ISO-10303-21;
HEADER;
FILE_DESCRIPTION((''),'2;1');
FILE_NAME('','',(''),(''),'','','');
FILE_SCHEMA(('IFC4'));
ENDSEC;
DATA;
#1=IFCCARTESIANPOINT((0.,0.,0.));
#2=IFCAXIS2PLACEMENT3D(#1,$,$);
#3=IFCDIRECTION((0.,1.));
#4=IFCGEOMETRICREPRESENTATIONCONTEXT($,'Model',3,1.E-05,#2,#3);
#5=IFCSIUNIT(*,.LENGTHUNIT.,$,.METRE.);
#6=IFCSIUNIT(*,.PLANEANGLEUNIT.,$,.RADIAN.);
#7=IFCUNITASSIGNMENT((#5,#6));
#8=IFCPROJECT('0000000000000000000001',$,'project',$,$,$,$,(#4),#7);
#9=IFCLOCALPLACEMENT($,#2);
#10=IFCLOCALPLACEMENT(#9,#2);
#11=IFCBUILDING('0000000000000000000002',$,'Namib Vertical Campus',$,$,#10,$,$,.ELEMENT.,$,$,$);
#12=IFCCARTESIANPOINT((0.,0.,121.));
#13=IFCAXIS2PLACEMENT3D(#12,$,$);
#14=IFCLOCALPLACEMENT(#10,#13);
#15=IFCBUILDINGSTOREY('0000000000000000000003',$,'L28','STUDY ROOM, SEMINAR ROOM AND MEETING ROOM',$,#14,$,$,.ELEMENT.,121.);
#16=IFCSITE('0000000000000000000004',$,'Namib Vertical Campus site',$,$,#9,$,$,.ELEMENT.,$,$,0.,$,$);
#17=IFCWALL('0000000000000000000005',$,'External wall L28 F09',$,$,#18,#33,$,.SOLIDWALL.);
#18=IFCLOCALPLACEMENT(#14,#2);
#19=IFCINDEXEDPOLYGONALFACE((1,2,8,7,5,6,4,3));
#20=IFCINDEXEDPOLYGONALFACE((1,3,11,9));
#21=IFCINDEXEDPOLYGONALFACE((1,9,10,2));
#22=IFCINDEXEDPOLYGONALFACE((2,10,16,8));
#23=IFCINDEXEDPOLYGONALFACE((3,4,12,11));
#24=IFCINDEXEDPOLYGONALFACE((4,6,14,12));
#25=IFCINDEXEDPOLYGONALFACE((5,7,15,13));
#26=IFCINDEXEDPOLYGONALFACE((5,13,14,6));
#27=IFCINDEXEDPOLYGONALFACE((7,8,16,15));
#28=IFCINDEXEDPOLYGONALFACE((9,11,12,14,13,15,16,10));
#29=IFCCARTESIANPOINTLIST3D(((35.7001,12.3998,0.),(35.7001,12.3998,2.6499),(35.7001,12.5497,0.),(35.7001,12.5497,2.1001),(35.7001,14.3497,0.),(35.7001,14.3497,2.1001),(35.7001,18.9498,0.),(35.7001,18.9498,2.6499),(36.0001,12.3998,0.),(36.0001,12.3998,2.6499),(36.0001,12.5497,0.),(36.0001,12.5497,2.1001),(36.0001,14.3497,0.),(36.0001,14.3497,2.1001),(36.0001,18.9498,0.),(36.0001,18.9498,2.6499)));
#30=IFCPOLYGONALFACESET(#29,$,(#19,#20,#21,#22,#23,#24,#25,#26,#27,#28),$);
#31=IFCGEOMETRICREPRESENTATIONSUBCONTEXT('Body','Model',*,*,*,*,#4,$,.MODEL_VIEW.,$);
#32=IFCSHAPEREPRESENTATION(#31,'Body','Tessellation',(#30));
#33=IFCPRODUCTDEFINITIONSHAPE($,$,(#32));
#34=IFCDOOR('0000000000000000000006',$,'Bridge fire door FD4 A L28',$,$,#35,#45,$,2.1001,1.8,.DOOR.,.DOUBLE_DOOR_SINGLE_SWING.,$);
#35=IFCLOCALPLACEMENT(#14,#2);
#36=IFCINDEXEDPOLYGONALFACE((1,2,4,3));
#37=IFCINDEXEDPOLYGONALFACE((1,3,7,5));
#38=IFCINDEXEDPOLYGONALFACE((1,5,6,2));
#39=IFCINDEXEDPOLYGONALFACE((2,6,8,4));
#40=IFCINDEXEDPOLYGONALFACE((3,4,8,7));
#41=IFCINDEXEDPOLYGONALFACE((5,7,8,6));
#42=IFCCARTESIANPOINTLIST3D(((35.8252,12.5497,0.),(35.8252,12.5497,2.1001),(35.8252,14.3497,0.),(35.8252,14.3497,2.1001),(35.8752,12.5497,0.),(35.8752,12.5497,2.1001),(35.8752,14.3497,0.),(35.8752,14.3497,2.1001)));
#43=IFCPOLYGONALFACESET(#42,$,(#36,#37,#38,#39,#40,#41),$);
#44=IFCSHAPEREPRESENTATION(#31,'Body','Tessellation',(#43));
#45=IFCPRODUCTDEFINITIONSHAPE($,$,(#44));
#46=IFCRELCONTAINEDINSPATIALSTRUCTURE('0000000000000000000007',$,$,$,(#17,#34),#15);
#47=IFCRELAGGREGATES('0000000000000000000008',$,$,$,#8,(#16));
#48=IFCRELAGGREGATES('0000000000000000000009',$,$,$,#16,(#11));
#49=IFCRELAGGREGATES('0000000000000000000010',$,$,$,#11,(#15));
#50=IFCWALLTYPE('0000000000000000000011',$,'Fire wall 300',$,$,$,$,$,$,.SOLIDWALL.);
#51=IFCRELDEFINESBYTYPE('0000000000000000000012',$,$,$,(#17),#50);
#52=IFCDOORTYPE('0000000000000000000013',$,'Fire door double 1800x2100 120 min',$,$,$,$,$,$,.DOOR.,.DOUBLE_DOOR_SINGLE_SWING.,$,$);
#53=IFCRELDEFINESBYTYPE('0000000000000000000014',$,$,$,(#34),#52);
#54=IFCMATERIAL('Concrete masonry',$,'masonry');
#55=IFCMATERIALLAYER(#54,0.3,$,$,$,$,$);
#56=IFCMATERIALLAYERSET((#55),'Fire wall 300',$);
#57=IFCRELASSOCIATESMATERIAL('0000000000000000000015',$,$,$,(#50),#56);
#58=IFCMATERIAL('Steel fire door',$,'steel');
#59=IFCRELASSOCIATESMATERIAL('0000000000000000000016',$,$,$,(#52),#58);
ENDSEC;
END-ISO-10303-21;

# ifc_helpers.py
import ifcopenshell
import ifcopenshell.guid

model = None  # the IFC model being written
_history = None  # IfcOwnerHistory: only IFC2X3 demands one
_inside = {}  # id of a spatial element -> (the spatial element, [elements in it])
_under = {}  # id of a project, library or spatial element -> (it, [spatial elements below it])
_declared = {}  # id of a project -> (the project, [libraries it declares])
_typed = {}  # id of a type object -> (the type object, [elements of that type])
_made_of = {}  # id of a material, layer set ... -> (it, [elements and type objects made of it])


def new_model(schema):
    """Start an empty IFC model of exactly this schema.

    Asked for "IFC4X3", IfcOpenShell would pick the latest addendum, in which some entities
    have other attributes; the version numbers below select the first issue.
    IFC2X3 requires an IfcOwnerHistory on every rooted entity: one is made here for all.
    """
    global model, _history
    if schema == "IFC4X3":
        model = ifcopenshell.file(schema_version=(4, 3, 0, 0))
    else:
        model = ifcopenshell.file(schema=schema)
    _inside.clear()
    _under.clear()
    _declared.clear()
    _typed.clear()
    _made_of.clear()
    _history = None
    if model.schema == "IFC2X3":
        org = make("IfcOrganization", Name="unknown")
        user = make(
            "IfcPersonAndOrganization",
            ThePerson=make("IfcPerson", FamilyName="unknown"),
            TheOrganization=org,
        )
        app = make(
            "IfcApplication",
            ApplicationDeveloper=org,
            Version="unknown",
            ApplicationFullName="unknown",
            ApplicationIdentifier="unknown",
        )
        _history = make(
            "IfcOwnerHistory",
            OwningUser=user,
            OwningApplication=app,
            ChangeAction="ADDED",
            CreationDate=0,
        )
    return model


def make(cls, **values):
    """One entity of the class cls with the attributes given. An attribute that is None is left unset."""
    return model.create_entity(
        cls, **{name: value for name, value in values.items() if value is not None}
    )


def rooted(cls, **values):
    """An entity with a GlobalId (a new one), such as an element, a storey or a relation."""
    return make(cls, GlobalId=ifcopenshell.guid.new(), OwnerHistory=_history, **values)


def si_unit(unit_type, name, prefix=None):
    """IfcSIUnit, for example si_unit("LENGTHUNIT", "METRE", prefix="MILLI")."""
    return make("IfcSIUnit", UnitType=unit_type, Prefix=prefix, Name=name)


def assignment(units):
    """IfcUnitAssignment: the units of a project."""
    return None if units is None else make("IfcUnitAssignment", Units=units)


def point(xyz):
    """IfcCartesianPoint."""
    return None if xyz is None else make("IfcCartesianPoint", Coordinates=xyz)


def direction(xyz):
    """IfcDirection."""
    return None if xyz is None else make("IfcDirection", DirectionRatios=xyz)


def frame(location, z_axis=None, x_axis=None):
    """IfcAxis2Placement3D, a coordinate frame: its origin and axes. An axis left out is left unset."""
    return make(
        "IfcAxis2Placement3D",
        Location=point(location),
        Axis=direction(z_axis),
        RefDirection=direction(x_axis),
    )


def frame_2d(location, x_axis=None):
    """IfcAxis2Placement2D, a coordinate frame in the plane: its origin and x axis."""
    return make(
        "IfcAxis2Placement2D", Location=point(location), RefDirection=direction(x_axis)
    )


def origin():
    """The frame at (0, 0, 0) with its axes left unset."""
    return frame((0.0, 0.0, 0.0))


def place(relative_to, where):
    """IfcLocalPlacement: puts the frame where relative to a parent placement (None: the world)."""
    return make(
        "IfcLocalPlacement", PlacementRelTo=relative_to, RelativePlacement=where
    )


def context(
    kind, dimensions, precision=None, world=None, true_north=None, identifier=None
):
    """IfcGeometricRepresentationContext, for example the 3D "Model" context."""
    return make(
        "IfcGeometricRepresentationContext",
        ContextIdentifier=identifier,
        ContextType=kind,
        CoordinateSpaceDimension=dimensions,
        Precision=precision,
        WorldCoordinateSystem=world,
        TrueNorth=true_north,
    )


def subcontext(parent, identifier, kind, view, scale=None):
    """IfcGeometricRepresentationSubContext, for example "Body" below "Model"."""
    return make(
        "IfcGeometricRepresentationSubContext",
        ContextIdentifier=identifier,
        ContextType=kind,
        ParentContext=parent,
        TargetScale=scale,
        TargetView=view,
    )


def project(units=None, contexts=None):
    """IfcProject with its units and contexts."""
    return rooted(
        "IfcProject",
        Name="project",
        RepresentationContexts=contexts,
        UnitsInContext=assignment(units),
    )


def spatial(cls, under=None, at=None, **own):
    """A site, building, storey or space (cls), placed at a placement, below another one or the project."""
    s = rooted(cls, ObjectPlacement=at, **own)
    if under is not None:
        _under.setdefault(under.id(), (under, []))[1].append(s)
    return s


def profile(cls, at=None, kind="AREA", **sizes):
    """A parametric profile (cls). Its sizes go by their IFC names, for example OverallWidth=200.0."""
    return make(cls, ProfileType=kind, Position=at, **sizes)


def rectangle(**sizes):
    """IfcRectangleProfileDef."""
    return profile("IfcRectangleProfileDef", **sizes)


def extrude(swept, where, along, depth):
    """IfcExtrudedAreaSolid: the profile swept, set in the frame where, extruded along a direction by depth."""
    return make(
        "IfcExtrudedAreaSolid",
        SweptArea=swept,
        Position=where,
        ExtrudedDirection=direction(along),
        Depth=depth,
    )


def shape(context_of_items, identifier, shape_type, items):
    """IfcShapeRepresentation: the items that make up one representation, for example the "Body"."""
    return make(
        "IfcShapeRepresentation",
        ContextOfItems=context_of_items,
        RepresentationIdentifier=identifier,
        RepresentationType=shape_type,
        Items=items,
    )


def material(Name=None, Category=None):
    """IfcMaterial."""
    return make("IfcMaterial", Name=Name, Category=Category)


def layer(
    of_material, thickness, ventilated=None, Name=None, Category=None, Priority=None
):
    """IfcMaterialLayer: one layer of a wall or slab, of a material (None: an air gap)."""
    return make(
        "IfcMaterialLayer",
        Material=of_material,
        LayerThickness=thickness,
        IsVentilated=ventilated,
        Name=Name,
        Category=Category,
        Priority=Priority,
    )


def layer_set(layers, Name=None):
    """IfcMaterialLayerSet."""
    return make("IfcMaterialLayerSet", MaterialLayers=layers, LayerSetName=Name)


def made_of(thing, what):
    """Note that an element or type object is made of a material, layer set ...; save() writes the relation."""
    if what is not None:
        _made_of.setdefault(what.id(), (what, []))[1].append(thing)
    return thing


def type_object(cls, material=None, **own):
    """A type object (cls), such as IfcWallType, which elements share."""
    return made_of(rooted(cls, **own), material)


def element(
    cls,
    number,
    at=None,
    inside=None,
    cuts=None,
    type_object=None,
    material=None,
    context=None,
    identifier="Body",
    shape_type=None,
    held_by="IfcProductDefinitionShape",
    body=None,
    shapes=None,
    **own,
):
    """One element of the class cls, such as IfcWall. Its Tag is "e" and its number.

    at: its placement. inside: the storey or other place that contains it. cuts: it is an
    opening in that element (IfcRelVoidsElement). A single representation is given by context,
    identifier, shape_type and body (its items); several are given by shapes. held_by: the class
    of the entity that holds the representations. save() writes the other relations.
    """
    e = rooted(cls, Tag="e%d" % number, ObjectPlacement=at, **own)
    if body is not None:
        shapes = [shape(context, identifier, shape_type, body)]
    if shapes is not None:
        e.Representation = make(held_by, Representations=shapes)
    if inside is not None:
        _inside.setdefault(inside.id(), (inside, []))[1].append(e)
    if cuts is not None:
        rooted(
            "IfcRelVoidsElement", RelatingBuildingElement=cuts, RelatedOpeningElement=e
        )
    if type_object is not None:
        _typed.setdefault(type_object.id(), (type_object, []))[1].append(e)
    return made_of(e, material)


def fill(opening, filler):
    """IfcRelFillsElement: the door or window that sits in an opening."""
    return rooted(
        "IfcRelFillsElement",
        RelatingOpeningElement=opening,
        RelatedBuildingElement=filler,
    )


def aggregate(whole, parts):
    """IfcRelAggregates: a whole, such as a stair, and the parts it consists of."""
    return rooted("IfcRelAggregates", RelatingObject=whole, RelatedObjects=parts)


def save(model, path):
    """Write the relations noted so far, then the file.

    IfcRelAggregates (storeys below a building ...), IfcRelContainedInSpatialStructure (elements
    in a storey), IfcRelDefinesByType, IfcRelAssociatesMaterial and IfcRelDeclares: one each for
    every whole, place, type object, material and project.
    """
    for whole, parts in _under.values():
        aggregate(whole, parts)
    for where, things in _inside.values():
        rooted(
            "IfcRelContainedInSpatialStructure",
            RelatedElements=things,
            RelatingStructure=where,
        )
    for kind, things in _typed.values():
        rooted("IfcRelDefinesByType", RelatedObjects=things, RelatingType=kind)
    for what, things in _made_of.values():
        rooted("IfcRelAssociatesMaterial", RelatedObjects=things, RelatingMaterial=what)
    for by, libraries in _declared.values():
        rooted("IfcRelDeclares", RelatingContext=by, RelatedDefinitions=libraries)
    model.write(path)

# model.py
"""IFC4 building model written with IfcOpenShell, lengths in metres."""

from ifc_helpers import new_model, si_unit, direction, frame, frame_2d, origin, place, context, subcontext, project, spatial, rectangle, extrude, material, layer, layer_set, type_object, element, fill, save


model = new_model("IFC4")

# Units and contexts
model_context = context("Model", 3, precision=1e-05, world=origin(), true_north=direction((0.0, 1.0)))
body_context = subcontext(model_context, "Body", "Model", "MODEL_VIEW")
ifc_project = project(units=[si_unit("LENGTHUNIT", "METRE"), si_unit("PLANEANGLEUNIT", "RADIAN")], contexts=[model_context])

# Site, building, storey
site_placement = place(None, origin())
site = spatial("IfcSite", under=ifc_project, at=site_placement, Name="Namib Vertical Campus site", CompositionType="ELEMENT", RefElevation=0.0)
building_placement = place(site_placement, origin())
building = spatial("IfcBuilding", under=site, at=building_placement, Name="Namib Vertical Campus", CompositionType="ELEMENT")
storey_placement = place(building_placement, frame((0.0, 0.0, 121.0)))
storey = spatial("IfcBuildingStorey", under=building, at=storey_placement, Name="L28", Description="STUDY ROOM, SEMINAR ROOM AND MEETING ROOM", CompositionType="ELEMENT", Elevation=121.0)

# Wall, opening, door
ifc_material_1 = material(Name="Concrete masonry", Category="masonry")
ifc_layer_1 = layer(ifc_material_1, 0.3)
ifc_layer_set_1 = layer_set([ifc_layer_1], Name="Fire wall 300")
wall_type_1 = type_object("IfcWallType", Name="Fire wall 300", PredefinedType="SOLIDWALL", material=ifc_layer_set_1)
wall_1_placement = place(storey_placement, frame((35.8501, 12.3999, 0.0), z_axis=(0.0, 0.0, 1.0), x_axis=(0.0, 1.0, 0.0)))
wall_1 = element("IfcWall", 1, at=wall_1_placement, inside=storey, type_object=wall_type_1, Name="External wall L28 F09", PredefinedType="SOLIDWALL", context=body_context, shape_type="SweptSolid", body=[
    extrude(rectangle(XDim=6.55, YDim=0.3, at=frame_2d((3.2749, 0.0))), origin(), (0.0, 0.0, 1.0), 2.6499),
])
opening_1_placement = place(wall_1_placement, frame((0.1499, 0.0, 0.0)))
opening_1 = element("IfcOpeningElement", 2, at=opening_1_placement, cuts=wall_1, PredefinedType="OPENING", context=body_context, shape_type="SweptSolid", body=[
    extrude(rectangle(XDim=1.8, YDim=2.1001, at=frame_2d((0.8999, 1.05))), frame((0.0, 0.1599, 0.0), z_axis=(0.0, -1.0, 0.0), x_axis=(1.0, 0.0, 0.0)), (0.0, 0.0, 1.0), 0.3201),
])
ifc_material_2 = material(Name="Steel fire door", Category="steel")
door_type_1 = type_object("IfcDoorType", Name="Fire door double 1800x2100 120 min", OperationType="DOUBLE_DOOR_SINGLE_SWING", PredefinedType="DOOR", material=ifc_material_2)
door_1_placement = place(opening_1_placement, origin())
door_1 = element("IfcDoor", 3, at=door_1_placement, inside=storey, type_object=door_type_1, Name="Bridge fire door FD4 A L28", OperationType="DOUBLE_DOOR_SINGLE_SWING", OverallHeight=2.1001, OverallWidth=1.8, PredefinedType="DOOR", context=body_context, shape_type="SweptSolid", body=[
    extrude(rectangle(XDim=1.8, YDim=2.1001, at=frame_2d((0.8999, 1.05))), frame((0.0, 0.0249, 0.0), z_axis=(0.0, -1.0, 0.0), x_axis=(1.0, 0.0, 0.0)), (0.0, 0.0, 1.0), 0.05),
])
fill(opening_1, door_1)

save(model, "model.ifc")
